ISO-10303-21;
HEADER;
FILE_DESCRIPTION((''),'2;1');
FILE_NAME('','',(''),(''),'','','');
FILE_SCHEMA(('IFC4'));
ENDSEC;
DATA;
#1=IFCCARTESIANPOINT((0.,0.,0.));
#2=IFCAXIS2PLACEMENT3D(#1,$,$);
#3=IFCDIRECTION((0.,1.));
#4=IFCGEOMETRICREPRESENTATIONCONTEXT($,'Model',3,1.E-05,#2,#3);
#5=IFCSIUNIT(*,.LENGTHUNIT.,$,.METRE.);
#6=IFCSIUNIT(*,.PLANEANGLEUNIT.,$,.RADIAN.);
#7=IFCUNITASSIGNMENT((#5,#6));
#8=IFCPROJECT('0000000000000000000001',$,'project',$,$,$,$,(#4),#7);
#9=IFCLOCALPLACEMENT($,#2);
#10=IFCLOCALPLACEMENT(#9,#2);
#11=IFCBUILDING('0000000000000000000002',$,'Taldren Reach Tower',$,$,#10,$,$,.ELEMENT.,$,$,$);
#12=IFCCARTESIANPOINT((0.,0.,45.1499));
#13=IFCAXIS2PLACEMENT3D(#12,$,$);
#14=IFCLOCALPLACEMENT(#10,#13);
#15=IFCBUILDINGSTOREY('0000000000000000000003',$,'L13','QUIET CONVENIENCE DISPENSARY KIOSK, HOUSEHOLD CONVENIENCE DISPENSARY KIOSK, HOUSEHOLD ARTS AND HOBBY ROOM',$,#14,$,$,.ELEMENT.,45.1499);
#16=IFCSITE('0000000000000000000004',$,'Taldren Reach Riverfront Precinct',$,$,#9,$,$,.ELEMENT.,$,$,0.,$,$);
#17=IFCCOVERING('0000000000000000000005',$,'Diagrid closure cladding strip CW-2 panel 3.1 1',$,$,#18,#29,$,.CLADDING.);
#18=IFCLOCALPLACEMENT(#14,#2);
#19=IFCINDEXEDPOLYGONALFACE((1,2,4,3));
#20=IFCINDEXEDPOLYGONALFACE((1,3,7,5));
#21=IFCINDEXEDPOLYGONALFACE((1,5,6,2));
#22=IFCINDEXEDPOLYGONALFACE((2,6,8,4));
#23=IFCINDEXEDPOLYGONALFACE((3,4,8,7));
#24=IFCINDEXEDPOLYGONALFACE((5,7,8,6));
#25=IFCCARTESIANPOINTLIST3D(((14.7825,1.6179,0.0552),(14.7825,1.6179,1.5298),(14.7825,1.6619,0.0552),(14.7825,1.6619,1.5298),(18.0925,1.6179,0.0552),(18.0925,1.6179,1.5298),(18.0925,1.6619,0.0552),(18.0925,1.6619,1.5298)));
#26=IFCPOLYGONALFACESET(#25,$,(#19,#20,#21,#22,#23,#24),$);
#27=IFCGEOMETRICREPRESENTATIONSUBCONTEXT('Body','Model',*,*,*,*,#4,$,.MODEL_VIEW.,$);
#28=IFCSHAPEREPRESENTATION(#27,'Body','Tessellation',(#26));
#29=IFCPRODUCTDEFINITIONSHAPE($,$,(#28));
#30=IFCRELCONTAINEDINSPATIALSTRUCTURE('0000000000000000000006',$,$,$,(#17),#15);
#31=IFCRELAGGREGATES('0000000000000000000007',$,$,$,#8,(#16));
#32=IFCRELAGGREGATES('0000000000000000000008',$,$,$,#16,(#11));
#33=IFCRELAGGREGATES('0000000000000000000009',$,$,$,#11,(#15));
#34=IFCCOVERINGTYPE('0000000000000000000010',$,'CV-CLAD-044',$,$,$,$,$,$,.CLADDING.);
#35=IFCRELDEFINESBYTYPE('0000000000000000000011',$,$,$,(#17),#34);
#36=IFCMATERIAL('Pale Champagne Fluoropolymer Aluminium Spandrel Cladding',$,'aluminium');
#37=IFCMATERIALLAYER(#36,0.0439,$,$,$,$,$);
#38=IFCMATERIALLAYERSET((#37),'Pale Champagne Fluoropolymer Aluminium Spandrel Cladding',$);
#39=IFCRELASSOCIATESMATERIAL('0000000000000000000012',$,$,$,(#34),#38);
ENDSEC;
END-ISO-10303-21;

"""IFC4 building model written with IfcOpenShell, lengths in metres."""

from ifc_helpers import new_model, si_unit, direction, frame, origin, origin_2d, place, context, subcontext, project, spatial, rectangle, extrude, source, transform, mapped, material, layer, layer_set, type_object, element, save


model = new_model("IFC4")

# Units and contexts
model_context = context("Model", 3, precision=1e-05, world=origin(), true_north=direction((0.0, 1.0)))
body_context = subcontext(model_context, "Body", "Model", "MODEL_VIEW")
ifc_project = project(units=[si_unit("LENGTHUNIT", "METRE"), si_unit("PLANEANGLEUNIT", "RADIAN")], contexts=[model_context])

# Site, building, storey
site_placement = place(None, origin())
site = spatial("IfcSite", under=ifc_project, at=site_placement, Name="Taldren Reach Riverfront Precinct", CompositionType="ELEMENT", RefElevation=0.0)
building_placement = place(site_placement, origin())
building = spatial("IfcBuilding", under=site, at=building_placement, Name="Taldren Reach Tower", CompositionType="ELEMENT")
storey_placement = place(building_placement, frame((0.0, 0.0, 45.1499)))
storey = spatial("IfcBuildingStorey", under=building, at=storey_placement, Name="L13", Description="QUIET CONVENIENCE DISPENSARY KIOSK, HOUSEHOLD CONVENIENCE DISPENSARY KIOSK, HOUSEHOLD ARTS AND HOBBY ROOM", CompositionType="ELEMENT", Elevation=45.1499)

# Covering
ifc_material_1 = material(Name="Pale Champagne Fluoropolymer Aluminium Spandrel Cladding", Category="aluminium")
ifc_layer_1 = layer(ifc_material_1, 0.0439)
ifc_layer_set_1 = layer_set([ifc_layer_1], Name="Pale Champagne Fluoropolymer Aluminium Spandrel Cladding")
covering_type = type_object("IfcCoveringType", Name="CV-CLAD-044", PredefinedType="CLADDING", material=ifc_layer_set_1)
shared_shape_1 = source(origin(), body_context, "Body", "SweptSolid", [
    extrude(rectangle(XDim=3.3101, YDim=0.0439, at=origin_2d()), origin(), (0.0, 0.0, 1.0), 1.4746),
])
covering_1_placement = place(storey_placement, frame((16.4375, 1.6399, 0.0552), z_axis=(0.0, 0.0, 1.0), x_axis=(1.0, 0.0, 0.0)))
element("IfcCovering", 1, at=covering_1_placement, inside=storey, type_object=covering_type, Name="Diagrid closure cladding strip CW-2 panel 3.1 1", PredefinedType="CLADDING", context=body_context, shape_type="MappedRepresentation", body=[
    mapped(shared_shape_1, transform((0.0, 0.0, 0.0), scale=1.0)),
])

save(model, "model.ifc")
